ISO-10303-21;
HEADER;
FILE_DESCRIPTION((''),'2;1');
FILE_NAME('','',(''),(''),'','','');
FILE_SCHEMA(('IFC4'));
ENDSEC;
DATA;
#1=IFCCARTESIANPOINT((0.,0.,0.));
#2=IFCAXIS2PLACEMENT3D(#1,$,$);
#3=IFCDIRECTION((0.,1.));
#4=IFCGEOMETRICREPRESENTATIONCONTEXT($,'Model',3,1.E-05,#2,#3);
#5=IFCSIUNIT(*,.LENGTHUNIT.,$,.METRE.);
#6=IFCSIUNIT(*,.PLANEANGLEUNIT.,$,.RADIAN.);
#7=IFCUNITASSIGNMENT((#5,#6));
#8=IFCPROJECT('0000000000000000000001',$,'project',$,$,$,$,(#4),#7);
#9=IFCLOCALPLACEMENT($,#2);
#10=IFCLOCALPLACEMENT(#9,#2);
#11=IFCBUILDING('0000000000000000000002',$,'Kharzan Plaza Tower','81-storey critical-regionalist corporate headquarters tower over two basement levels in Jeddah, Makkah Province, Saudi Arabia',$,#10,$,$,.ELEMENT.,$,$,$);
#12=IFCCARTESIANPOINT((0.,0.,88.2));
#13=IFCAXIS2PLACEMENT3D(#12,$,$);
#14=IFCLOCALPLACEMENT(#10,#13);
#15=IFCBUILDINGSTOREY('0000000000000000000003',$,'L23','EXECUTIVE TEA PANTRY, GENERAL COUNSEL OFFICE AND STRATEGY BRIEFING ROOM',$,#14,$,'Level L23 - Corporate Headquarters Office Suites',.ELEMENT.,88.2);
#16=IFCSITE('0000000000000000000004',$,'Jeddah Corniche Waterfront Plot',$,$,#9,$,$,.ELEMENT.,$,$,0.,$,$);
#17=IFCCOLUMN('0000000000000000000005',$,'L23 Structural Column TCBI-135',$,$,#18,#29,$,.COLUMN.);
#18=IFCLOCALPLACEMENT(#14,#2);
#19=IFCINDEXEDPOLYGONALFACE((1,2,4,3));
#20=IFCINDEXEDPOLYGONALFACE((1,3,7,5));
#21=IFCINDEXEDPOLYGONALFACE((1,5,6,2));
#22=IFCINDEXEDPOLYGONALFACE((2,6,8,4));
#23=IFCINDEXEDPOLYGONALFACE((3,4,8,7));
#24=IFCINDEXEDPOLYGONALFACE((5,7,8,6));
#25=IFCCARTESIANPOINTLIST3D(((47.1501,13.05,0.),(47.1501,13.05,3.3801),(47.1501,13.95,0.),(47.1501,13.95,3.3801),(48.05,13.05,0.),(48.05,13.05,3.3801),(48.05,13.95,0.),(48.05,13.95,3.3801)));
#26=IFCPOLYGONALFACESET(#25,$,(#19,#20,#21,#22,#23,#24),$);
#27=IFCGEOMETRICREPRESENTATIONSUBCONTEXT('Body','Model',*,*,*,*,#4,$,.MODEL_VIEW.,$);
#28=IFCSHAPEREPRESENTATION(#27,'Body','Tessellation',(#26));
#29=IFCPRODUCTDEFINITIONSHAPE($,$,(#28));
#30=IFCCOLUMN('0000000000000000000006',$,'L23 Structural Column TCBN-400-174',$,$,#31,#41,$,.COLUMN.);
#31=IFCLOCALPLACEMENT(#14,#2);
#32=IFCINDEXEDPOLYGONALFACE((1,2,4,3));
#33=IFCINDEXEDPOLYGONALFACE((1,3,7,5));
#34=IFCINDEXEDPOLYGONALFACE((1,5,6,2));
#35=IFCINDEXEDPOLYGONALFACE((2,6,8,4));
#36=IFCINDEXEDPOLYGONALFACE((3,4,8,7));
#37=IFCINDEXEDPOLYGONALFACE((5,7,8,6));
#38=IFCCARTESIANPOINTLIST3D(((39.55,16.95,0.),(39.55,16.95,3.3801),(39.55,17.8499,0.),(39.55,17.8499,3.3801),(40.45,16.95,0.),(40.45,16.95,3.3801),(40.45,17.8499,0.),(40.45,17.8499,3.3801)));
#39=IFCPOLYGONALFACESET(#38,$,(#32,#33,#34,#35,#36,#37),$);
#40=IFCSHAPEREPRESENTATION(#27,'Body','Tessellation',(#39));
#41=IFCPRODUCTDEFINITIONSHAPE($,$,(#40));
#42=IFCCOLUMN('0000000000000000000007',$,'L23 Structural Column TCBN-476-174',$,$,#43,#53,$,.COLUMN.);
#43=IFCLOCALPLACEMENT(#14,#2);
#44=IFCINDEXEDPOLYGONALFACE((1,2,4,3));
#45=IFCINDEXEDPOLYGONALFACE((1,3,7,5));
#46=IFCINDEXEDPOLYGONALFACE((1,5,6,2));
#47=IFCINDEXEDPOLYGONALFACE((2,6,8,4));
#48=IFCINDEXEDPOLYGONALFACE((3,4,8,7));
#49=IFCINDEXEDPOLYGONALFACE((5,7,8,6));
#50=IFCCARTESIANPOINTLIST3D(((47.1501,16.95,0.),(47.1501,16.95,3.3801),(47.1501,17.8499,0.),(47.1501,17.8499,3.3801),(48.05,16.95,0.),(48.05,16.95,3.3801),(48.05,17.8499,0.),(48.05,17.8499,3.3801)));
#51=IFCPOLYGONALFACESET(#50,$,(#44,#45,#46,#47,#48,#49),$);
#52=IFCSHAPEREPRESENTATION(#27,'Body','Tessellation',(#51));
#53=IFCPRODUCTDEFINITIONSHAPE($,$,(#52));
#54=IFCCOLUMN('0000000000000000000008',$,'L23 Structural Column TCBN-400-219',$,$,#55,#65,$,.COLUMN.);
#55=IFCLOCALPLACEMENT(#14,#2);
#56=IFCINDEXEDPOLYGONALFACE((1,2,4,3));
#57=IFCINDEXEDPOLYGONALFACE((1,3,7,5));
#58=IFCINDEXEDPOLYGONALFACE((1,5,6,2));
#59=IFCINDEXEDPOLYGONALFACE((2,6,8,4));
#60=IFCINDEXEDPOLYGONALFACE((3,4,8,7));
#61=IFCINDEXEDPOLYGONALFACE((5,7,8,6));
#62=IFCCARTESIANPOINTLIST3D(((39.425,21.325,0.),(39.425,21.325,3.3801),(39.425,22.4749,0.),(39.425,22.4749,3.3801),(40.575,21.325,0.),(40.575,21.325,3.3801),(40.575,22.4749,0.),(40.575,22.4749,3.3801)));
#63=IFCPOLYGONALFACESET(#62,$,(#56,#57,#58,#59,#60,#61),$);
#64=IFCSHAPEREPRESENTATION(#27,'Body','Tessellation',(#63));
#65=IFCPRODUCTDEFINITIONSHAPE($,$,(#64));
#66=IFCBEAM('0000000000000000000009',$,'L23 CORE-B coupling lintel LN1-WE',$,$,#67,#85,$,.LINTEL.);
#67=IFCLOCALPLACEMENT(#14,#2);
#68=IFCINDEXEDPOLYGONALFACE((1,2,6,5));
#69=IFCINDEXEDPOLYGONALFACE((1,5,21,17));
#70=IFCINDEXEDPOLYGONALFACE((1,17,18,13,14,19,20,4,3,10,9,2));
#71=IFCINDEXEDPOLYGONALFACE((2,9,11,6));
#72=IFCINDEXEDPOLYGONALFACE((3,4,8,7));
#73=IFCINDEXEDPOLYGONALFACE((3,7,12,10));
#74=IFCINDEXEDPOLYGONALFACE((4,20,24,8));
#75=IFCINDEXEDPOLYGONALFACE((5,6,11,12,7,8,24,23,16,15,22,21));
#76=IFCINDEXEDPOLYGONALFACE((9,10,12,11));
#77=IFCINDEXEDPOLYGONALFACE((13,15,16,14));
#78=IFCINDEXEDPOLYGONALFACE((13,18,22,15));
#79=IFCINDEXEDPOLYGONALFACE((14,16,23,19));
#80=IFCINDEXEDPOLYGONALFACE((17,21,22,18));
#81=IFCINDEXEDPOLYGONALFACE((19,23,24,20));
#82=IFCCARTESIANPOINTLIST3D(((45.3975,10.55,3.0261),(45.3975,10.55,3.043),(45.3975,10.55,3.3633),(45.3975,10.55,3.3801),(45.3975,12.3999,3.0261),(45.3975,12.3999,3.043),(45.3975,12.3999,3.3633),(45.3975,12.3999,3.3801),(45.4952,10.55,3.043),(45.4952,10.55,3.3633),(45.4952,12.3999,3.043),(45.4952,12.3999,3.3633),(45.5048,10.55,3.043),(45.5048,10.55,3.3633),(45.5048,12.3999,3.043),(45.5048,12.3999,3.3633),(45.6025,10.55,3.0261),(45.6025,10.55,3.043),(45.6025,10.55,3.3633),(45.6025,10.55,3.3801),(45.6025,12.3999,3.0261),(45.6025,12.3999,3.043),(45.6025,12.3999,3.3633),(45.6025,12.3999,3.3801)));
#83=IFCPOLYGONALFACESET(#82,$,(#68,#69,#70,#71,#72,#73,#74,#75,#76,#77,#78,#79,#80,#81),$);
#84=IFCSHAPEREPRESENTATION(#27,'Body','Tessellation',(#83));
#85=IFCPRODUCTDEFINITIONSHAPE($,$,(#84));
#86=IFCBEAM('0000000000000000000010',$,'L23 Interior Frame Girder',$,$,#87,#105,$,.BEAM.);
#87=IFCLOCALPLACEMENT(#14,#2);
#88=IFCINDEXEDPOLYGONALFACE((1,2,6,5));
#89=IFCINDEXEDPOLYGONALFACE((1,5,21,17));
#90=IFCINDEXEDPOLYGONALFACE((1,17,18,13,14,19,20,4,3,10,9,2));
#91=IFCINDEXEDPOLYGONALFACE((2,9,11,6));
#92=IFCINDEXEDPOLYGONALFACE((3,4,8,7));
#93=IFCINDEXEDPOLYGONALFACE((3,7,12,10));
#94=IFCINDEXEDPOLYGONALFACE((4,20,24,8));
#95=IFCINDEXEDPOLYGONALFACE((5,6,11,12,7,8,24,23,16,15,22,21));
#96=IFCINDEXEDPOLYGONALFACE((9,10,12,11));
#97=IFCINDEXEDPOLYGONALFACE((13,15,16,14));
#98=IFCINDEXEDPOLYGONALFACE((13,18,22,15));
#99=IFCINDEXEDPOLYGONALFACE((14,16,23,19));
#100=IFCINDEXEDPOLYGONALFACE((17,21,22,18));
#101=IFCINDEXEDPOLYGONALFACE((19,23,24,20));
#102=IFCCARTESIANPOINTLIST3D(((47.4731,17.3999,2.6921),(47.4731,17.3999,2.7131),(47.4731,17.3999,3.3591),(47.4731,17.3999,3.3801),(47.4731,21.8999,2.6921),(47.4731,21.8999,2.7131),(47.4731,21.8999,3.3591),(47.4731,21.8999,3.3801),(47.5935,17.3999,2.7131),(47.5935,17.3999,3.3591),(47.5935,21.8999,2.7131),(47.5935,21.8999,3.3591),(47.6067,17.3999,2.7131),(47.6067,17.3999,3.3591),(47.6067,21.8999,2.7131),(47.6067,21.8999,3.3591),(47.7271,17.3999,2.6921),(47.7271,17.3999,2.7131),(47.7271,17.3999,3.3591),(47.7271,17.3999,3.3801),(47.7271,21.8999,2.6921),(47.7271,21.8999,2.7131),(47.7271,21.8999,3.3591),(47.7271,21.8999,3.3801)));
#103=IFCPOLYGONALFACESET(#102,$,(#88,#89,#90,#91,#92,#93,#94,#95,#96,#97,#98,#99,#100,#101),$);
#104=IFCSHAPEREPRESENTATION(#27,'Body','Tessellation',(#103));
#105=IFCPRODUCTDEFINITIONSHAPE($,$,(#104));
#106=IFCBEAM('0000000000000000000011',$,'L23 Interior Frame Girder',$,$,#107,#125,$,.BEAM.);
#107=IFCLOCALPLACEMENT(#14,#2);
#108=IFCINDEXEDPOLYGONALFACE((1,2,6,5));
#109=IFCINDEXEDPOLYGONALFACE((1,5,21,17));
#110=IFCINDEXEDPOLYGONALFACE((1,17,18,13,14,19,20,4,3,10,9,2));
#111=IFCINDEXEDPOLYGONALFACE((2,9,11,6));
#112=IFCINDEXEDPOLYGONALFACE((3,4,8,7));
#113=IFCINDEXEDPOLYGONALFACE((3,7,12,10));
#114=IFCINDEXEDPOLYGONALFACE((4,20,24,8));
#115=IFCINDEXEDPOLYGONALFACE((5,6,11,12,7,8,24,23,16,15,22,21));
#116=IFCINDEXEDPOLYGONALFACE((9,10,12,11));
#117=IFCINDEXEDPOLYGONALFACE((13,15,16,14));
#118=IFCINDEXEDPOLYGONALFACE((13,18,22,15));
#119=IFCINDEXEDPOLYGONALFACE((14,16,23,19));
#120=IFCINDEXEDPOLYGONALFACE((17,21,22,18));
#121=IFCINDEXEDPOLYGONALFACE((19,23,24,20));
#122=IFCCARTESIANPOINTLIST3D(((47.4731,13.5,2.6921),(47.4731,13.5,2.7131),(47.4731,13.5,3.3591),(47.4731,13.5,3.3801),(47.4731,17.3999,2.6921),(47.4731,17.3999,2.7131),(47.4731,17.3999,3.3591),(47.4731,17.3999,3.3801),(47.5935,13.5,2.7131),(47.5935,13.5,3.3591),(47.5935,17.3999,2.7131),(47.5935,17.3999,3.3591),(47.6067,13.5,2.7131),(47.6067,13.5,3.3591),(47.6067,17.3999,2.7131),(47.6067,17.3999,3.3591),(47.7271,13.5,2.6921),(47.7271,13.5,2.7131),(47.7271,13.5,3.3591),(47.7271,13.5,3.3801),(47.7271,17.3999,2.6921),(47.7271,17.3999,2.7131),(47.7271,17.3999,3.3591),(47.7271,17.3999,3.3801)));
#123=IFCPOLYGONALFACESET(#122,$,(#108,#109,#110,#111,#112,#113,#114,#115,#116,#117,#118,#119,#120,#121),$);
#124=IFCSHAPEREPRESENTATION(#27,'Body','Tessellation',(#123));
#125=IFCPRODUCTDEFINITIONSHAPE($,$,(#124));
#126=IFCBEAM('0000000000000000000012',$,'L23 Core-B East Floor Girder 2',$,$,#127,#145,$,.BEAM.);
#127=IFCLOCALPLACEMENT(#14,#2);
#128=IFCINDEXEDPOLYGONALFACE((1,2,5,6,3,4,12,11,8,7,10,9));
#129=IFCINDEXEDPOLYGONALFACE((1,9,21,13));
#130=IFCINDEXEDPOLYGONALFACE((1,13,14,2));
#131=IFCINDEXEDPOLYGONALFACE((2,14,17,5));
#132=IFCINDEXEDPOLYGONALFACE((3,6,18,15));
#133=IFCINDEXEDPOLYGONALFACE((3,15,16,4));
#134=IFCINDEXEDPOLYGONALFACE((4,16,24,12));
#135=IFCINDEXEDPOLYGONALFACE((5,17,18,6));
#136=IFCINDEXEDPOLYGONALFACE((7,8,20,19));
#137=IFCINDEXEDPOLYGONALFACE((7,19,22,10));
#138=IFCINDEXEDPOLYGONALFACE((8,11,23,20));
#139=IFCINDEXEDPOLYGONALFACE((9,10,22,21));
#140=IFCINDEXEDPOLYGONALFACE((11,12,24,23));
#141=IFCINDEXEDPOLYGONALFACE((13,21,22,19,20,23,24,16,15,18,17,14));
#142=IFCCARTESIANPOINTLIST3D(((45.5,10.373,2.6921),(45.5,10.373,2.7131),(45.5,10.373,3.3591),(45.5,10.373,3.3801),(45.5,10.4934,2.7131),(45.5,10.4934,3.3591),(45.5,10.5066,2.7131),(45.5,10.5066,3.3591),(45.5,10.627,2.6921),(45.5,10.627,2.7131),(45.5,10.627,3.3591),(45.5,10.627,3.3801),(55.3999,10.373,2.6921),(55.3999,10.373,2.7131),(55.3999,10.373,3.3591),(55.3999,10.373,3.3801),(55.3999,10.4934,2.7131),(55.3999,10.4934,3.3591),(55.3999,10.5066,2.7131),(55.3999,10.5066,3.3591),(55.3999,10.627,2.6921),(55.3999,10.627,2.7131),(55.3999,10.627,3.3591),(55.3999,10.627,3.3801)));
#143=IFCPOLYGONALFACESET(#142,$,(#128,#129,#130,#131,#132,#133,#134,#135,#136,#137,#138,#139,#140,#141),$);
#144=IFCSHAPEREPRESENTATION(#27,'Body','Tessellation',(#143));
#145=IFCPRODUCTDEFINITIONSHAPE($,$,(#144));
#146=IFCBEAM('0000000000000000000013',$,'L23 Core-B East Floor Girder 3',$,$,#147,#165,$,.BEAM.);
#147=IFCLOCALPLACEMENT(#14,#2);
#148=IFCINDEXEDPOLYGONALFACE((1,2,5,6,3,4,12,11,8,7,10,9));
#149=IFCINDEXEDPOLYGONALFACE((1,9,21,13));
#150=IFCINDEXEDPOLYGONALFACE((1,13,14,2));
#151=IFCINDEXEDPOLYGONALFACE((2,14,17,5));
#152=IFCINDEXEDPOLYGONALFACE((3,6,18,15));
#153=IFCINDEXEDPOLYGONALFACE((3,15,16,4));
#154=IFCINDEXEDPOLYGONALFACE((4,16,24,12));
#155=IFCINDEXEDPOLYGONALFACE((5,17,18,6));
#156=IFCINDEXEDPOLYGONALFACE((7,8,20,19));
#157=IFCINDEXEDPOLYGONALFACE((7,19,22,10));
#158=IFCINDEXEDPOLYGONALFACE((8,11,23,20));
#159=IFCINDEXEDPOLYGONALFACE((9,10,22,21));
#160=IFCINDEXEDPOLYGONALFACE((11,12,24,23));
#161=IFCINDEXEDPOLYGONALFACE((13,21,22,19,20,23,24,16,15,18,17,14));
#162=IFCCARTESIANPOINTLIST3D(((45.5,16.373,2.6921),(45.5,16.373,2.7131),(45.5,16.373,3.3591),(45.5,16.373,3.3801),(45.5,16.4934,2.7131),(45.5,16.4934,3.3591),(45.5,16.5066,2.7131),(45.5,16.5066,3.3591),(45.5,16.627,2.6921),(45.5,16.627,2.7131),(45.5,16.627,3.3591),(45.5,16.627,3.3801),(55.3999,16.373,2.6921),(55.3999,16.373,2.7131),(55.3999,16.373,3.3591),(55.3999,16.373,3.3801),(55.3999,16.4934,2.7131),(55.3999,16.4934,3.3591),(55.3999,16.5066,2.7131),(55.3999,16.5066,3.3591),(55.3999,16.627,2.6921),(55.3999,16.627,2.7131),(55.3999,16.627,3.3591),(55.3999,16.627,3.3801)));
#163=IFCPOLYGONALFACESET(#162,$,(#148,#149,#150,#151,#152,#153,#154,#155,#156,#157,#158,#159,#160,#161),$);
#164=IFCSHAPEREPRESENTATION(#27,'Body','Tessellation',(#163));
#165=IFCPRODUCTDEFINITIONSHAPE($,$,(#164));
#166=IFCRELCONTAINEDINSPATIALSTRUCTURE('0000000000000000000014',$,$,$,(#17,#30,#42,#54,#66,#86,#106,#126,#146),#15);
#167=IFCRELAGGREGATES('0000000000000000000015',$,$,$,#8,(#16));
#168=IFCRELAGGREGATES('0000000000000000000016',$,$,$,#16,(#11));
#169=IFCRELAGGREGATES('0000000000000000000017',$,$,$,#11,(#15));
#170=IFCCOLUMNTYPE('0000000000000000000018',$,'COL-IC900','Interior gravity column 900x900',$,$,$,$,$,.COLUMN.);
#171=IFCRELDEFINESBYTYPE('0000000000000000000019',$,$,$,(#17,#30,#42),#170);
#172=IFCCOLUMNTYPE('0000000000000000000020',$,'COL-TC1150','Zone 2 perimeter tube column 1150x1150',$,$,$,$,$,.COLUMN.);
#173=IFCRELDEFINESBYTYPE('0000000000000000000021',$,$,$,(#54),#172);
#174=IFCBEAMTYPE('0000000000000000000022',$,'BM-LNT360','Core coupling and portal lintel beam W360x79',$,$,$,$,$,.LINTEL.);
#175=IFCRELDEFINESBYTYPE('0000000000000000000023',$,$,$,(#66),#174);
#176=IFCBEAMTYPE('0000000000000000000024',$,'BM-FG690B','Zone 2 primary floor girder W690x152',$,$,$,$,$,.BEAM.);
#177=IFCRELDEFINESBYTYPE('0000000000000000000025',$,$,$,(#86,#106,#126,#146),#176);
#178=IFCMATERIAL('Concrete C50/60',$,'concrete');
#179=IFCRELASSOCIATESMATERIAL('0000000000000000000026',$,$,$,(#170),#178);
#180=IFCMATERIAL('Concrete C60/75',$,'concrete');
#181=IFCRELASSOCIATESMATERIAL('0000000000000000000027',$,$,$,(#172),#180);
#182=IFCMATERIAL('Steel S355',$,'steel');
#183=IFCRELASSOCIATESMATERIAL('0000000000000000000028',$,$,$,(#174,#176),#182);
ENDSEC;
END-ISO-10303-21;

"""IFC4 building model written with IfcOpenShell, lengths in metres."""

from ifc_helpers import new_model, si_unit, direction, frame, origin, origin_2d, place, context, subcontext, project, spatial, rectangle, i_section, extrude, source, transform, mapped, material, material_profile, profile_set, type_object, element, save


model = new_model("IFC4")

# Units and contexts
model_context = context("Model", 3, precision=1e-05, world=origin(), true_north=direction((0.0, 1.0)))
body_context = subcontext(model_context, "Body", "Model", "MODEL_VIEW")
ifc_project = project(units=[si_unit("LENGTHUNIT", "METRE"), si_unit("PLANEANGLEUNIT", "RADIAN")], contexts=[model_context])

# Site, building, storey
site_placement = place(None, origin())
site = spatial("IfcSite", under=ifc_project, at=site_placement, Name="Jeddah Corniche Waterfront Plot", CompositionType="ELEMENT", RefElevation=0.0)
building_placement = place(site_placement, origin())
building = spatial("IfcBuilding", under=site, at=building_placement, Name="Kharzan Plaza Tower", Description="81-storey critical-regionalist corporate headquarters tower over two basement levels in Jeddah, Makkah Province, Saudi Arabia", CompositionType="ELEMENT")
storey_placement = place(building_placement, frame((0.0, 0.0, 88.2)))
storey = spatial("IfcBuildingStorey", under=building, at=storey_placement, Name="L23", Description="EXECUTIVE TEA PANTRY, GENERAL COUNSEL OFFICE AND STRATEGY BRIEFING ROOM", LongName="Level L23 - Corporate Headquarters Office Suites", CompositionType="ELEMENT", Elevation=88.2)

# Columns
ifc_material_1 = material(Name="Concrete C50/60", Category="concrete")
ifc_material_profile_1 = material_profile(ifc_material_1, rectangle(XDim=0.8999, YDim=0.8999, at=origin_2d()), Name="RC-IC900x900")
ifc_profile_set_1 = profile_set([ifc_material_profile_1], Name="Concrete C50/60")
column_type_1 = type_object("IfcColumnType", Name="COL-IC900", Description="Interior gravity column 900x900", PredefinedType="COLUMN", material=ifc_profile_set_1)
shared_shape_1 = source(origin(), body_context, "Body", "SweptSolid", [
    extrude(rectangle(XDim=0.8999, YDim=0.8999, at=origin_2d()), origin(), (0.0, 0.0, 1.0), 3.3801),
])
for number, where, z_axis, x_axis, name in (
    (1, (47.6001, 13.5, 0.0), (0.0, 0.0, 1.0), (1.0, 0.0, 0.0), "L23 Structural Column TCBI-135"),
    (2, (40.0, 17.3999, 0.0), (0.0, 0.0, 1.0), (1.0, 0.0, 0.0), "L23 Structural Column TCBN-400-174"),
    (3, (47.6001, 17.3999, 0.0), (0.0, 0.0, 1.0), (1.0, 0.0, 0.0), "L23 Structural Column TCBN-476-174"),
):
    element("IfcColumn", number, at=place(storey_placement, frame(where, z_axis=z_axis, x_axis=x_axis)), inside=storey, type_object=column_type_1, Name=name, PredefinedType="COLUMN", context=body_context, shape_type="MappedRepresentation", body=[
        mapped(shared_shape_1, transform((0.0, 0.0, 0.0), x_axis=(1.0, 0.0, 0.0), y_axis=(0.0, 1.0, 0.0), z_axis=(0.0, 0.0, 1.0))),
    ])
ifc_material_2 = material(Name="Concrete C60/75", Category="concrete")
ifc_material_profile_2 = material_profile(ifc_material_2, rectangle(XDim=1.1499, YDim=1.1499, at=origin_2d()), Name="RC-TC1150x1150")
ifc_profile_set_2 = profile_set([ifc_material_profile_2], Name="Concrete C60/75")
column_type_2 = type_object("IfcColumnType", Name="COL-TC1150", Description="Zone 2 perimeter tube column 1150x1150", PredefinedType="COLUMN", material=ifc_profile_set_2)
shared_shape_2 = source(origin(), body_context, "Body", "SweptSolid", [
    extrude(rectangle(XDim=1.1499, YDim=1.1499, at=origin_2d()), origin(), (0.0, 0.0, 1.0), 3.3801),
])
column_placement = place(storey_placement, frame((40.0, 21.8999, 0.0), z_axis=(0.0, 0.0, 1.0), x_axis=(1.0, 0.0, 0.0)))
element("IfcColumn", 4, at=column_placement, inside=storey, type_object=column_type_2, Name="L23 Structural Column TCBN-400-219", PredefinedType="COLUMN", context=body_context, shape_type="MappedRepresentation", body=[
    mapped(shared_shape_2, transform((0.0, 0.0, 0.0), x_axis=(1.0, 0.0, 0.0), y_axis=(0.0, 1.0, 0.0), z_axis=(0.0, 0.0, 1.0))),
])

# Beams
ifc_material_3 = material(Name="Steel S355", Category="steel")
ifc_material_profile_3 = material_profile(ifc_material_3, i_section(OverallWidth=0.2051, OverallDepth=0.354, WebThickness=0.0095, FlangeThickness=0.0168, at=origin_2d()), Name="W360x79")
ifc_profile_set_3 = profile_set([ifc_material_profile_3], Name="Steel S355")
beam_type_1 = type_object("IfcBeamType", Name="BM-LNT360", Description="Core coupling and portal lintel beam W360x79", PredefinedType="LINTEL", material=ifc_profile_set_3)
shared_shape_3 = source(origin(), body_context, "Body", "SweptSolid", [
    extrude(i_section(OverallWidth=0.2051, OverallDepth=0.354, WebThickness=0.0095, FlangeThickness=0.0168, at=origin_2d()), origin(), (0.0, 0.0, 1.0), 1.8499),
])
beam_1_placement = place(storey_placement, frame((45.5, 10.55, 3.2031), z_axis=(0.0, 1.0, 0.0), x_axis=(-1.0, 0.0, 0.0)))
element("IfcBeam", 5, at=beam_1_placement, inside=storey, type_object=beam_type_1, Name="L23 CORE-B coupling lintel LN1-WE", PredefinedType="LINTEL", context=body_context, shape_type="MappedRepresentation", body=[
    mapped(shared_shape_3, transform((0.0, 0.0, 0.0), x_axis=(1.0, 0.0, 0.0), y_axis=(0.0, 1.0, 0.0), z_axis=(0.0, 0.0, 1.0))),
])
ifc_material_profile_4 = material_profile(ifc_material_3, i_section(OverallWidth=0.2539, OverallDepth=0.688, WebThickness=0.0132, FlangeThickness=0.021, at=origin_2d()), Name="W690x152")
ifc_profile_set_4 = profile_set([ifc_material_profile_4], Name="Steel S355")
beam_type_2 = type_object("IfcBeamType", Name="BM-FG690B", Description="Zone 2 primary floor girder W690x152", PredefinedType="BEAM", material=ifc_profile_set_4)
shared_shape_4 = source(origin(), body_context, "Body", "SweptSolid", [
    extrude(i_section(OverallWidth=0.2539, OverallDepth=0.688, WebThickness=0.0132, FlangeThickness=0.021, at=origin_2d()), origin(), (0.0, 0.0, 1.0), 4.5),
])
beam_2_placement = place(storey_placement, frame((47.6001, 17.3999, 3.0361), z_axis=(0.0, 1.0, 0.0), x_axis=(-1.0, 0.0, 0.0)))
element("IfcBeam", 6, at=beam_2_placement, inside=storey, type_object=beam_type_2, Name="L23 Interior Frame Girder", PredefinedType="BEAM", context=body_context, shape_type="MappedRepresentation", body=[
    mapped(shared_shape_4, transform((0.0, 0.0, 0.0), x_axis=(1.0, 0.0, 0.0), y_axis=(0.0, 1.0, 0.0), z_axis=(0.0, 0.0, 1.0))),
])
shared_shape_5 = source(origin(), body_context, "Body", "SweptSolid", [
    extrude(i_section(OverallWidth=0.2539, OverallDepth=0.688, WebThickness=0.0132, FlangeThickness=0.021, at=origin_2d()), origin(), (0.0, 0.0, 1.0), 3.8999),
])
beam_3_placement = place(storey_placement, frame((47.6001, 13.5, 3.0361), z_axis=(0.0, 1.0, 0.0), x_axis=(-1.0, 0.0, 0.0)))
element("IfcBeam", 7, at=beam_3_placement, inside=storey, type_object=beam_type_2, Name="L23 Interior Frame Girder", PredefinedType="BEAM", context=body_context, shape_type="MappedRepresentation", body=[
    mapped(shared_shape_5, transform((0.0, 0.0, 0.0), x_axis=(1.0, 0.0, 0.0), y_axis=(0.0, 1.0, 0.0), z_axis=(0.0, 0.0, 1.0))),
])
shared_shape_6 = source(origin(), body_context, "Body", "SweptSolid", [
    extrude(i_section(OverallWidth=0.2539, OverallDepth=0.688, WebThickness=0.0132, FlangeThickness=0.021, at=origin_2d()), origin(), (0.0, 0.0, 1.0), 9.8999),
])
for number, where, z_axis, x_axis, name in (
    (8, (45.5, 10.5, 3.0361), (1.0, 0.0, 0.0), (0.0, 1.0, 0.0), "L23 Core-B East Floor Girder 2"),
    (9, (45.5, 16.5, 3.0361), (1.0, 0.0, 0.0), (0.0, 1.0, 0.0), "L23 Core-B East Floor Girder 3"),
):
    element("IfcBeam", number, at=place(storey_placement, frame(where, z_axis=z_axis, x_axis=x_axis)), inside=storey, type_object=beam_type_2, Name=name, PredefinedType="BEAM", context=body_context, shape_type="MappedRepresentation", body=[
        mapped(shared_shape_6, transform((0.0, 0.0, 0.0), x_axis=(1.0, 0.0, 0.0), y_axis=(0.0, 1.0, 0.0), z_axis=(0.0, 0.0, 1.0))),
    ])

save(model, "model.ifc")
